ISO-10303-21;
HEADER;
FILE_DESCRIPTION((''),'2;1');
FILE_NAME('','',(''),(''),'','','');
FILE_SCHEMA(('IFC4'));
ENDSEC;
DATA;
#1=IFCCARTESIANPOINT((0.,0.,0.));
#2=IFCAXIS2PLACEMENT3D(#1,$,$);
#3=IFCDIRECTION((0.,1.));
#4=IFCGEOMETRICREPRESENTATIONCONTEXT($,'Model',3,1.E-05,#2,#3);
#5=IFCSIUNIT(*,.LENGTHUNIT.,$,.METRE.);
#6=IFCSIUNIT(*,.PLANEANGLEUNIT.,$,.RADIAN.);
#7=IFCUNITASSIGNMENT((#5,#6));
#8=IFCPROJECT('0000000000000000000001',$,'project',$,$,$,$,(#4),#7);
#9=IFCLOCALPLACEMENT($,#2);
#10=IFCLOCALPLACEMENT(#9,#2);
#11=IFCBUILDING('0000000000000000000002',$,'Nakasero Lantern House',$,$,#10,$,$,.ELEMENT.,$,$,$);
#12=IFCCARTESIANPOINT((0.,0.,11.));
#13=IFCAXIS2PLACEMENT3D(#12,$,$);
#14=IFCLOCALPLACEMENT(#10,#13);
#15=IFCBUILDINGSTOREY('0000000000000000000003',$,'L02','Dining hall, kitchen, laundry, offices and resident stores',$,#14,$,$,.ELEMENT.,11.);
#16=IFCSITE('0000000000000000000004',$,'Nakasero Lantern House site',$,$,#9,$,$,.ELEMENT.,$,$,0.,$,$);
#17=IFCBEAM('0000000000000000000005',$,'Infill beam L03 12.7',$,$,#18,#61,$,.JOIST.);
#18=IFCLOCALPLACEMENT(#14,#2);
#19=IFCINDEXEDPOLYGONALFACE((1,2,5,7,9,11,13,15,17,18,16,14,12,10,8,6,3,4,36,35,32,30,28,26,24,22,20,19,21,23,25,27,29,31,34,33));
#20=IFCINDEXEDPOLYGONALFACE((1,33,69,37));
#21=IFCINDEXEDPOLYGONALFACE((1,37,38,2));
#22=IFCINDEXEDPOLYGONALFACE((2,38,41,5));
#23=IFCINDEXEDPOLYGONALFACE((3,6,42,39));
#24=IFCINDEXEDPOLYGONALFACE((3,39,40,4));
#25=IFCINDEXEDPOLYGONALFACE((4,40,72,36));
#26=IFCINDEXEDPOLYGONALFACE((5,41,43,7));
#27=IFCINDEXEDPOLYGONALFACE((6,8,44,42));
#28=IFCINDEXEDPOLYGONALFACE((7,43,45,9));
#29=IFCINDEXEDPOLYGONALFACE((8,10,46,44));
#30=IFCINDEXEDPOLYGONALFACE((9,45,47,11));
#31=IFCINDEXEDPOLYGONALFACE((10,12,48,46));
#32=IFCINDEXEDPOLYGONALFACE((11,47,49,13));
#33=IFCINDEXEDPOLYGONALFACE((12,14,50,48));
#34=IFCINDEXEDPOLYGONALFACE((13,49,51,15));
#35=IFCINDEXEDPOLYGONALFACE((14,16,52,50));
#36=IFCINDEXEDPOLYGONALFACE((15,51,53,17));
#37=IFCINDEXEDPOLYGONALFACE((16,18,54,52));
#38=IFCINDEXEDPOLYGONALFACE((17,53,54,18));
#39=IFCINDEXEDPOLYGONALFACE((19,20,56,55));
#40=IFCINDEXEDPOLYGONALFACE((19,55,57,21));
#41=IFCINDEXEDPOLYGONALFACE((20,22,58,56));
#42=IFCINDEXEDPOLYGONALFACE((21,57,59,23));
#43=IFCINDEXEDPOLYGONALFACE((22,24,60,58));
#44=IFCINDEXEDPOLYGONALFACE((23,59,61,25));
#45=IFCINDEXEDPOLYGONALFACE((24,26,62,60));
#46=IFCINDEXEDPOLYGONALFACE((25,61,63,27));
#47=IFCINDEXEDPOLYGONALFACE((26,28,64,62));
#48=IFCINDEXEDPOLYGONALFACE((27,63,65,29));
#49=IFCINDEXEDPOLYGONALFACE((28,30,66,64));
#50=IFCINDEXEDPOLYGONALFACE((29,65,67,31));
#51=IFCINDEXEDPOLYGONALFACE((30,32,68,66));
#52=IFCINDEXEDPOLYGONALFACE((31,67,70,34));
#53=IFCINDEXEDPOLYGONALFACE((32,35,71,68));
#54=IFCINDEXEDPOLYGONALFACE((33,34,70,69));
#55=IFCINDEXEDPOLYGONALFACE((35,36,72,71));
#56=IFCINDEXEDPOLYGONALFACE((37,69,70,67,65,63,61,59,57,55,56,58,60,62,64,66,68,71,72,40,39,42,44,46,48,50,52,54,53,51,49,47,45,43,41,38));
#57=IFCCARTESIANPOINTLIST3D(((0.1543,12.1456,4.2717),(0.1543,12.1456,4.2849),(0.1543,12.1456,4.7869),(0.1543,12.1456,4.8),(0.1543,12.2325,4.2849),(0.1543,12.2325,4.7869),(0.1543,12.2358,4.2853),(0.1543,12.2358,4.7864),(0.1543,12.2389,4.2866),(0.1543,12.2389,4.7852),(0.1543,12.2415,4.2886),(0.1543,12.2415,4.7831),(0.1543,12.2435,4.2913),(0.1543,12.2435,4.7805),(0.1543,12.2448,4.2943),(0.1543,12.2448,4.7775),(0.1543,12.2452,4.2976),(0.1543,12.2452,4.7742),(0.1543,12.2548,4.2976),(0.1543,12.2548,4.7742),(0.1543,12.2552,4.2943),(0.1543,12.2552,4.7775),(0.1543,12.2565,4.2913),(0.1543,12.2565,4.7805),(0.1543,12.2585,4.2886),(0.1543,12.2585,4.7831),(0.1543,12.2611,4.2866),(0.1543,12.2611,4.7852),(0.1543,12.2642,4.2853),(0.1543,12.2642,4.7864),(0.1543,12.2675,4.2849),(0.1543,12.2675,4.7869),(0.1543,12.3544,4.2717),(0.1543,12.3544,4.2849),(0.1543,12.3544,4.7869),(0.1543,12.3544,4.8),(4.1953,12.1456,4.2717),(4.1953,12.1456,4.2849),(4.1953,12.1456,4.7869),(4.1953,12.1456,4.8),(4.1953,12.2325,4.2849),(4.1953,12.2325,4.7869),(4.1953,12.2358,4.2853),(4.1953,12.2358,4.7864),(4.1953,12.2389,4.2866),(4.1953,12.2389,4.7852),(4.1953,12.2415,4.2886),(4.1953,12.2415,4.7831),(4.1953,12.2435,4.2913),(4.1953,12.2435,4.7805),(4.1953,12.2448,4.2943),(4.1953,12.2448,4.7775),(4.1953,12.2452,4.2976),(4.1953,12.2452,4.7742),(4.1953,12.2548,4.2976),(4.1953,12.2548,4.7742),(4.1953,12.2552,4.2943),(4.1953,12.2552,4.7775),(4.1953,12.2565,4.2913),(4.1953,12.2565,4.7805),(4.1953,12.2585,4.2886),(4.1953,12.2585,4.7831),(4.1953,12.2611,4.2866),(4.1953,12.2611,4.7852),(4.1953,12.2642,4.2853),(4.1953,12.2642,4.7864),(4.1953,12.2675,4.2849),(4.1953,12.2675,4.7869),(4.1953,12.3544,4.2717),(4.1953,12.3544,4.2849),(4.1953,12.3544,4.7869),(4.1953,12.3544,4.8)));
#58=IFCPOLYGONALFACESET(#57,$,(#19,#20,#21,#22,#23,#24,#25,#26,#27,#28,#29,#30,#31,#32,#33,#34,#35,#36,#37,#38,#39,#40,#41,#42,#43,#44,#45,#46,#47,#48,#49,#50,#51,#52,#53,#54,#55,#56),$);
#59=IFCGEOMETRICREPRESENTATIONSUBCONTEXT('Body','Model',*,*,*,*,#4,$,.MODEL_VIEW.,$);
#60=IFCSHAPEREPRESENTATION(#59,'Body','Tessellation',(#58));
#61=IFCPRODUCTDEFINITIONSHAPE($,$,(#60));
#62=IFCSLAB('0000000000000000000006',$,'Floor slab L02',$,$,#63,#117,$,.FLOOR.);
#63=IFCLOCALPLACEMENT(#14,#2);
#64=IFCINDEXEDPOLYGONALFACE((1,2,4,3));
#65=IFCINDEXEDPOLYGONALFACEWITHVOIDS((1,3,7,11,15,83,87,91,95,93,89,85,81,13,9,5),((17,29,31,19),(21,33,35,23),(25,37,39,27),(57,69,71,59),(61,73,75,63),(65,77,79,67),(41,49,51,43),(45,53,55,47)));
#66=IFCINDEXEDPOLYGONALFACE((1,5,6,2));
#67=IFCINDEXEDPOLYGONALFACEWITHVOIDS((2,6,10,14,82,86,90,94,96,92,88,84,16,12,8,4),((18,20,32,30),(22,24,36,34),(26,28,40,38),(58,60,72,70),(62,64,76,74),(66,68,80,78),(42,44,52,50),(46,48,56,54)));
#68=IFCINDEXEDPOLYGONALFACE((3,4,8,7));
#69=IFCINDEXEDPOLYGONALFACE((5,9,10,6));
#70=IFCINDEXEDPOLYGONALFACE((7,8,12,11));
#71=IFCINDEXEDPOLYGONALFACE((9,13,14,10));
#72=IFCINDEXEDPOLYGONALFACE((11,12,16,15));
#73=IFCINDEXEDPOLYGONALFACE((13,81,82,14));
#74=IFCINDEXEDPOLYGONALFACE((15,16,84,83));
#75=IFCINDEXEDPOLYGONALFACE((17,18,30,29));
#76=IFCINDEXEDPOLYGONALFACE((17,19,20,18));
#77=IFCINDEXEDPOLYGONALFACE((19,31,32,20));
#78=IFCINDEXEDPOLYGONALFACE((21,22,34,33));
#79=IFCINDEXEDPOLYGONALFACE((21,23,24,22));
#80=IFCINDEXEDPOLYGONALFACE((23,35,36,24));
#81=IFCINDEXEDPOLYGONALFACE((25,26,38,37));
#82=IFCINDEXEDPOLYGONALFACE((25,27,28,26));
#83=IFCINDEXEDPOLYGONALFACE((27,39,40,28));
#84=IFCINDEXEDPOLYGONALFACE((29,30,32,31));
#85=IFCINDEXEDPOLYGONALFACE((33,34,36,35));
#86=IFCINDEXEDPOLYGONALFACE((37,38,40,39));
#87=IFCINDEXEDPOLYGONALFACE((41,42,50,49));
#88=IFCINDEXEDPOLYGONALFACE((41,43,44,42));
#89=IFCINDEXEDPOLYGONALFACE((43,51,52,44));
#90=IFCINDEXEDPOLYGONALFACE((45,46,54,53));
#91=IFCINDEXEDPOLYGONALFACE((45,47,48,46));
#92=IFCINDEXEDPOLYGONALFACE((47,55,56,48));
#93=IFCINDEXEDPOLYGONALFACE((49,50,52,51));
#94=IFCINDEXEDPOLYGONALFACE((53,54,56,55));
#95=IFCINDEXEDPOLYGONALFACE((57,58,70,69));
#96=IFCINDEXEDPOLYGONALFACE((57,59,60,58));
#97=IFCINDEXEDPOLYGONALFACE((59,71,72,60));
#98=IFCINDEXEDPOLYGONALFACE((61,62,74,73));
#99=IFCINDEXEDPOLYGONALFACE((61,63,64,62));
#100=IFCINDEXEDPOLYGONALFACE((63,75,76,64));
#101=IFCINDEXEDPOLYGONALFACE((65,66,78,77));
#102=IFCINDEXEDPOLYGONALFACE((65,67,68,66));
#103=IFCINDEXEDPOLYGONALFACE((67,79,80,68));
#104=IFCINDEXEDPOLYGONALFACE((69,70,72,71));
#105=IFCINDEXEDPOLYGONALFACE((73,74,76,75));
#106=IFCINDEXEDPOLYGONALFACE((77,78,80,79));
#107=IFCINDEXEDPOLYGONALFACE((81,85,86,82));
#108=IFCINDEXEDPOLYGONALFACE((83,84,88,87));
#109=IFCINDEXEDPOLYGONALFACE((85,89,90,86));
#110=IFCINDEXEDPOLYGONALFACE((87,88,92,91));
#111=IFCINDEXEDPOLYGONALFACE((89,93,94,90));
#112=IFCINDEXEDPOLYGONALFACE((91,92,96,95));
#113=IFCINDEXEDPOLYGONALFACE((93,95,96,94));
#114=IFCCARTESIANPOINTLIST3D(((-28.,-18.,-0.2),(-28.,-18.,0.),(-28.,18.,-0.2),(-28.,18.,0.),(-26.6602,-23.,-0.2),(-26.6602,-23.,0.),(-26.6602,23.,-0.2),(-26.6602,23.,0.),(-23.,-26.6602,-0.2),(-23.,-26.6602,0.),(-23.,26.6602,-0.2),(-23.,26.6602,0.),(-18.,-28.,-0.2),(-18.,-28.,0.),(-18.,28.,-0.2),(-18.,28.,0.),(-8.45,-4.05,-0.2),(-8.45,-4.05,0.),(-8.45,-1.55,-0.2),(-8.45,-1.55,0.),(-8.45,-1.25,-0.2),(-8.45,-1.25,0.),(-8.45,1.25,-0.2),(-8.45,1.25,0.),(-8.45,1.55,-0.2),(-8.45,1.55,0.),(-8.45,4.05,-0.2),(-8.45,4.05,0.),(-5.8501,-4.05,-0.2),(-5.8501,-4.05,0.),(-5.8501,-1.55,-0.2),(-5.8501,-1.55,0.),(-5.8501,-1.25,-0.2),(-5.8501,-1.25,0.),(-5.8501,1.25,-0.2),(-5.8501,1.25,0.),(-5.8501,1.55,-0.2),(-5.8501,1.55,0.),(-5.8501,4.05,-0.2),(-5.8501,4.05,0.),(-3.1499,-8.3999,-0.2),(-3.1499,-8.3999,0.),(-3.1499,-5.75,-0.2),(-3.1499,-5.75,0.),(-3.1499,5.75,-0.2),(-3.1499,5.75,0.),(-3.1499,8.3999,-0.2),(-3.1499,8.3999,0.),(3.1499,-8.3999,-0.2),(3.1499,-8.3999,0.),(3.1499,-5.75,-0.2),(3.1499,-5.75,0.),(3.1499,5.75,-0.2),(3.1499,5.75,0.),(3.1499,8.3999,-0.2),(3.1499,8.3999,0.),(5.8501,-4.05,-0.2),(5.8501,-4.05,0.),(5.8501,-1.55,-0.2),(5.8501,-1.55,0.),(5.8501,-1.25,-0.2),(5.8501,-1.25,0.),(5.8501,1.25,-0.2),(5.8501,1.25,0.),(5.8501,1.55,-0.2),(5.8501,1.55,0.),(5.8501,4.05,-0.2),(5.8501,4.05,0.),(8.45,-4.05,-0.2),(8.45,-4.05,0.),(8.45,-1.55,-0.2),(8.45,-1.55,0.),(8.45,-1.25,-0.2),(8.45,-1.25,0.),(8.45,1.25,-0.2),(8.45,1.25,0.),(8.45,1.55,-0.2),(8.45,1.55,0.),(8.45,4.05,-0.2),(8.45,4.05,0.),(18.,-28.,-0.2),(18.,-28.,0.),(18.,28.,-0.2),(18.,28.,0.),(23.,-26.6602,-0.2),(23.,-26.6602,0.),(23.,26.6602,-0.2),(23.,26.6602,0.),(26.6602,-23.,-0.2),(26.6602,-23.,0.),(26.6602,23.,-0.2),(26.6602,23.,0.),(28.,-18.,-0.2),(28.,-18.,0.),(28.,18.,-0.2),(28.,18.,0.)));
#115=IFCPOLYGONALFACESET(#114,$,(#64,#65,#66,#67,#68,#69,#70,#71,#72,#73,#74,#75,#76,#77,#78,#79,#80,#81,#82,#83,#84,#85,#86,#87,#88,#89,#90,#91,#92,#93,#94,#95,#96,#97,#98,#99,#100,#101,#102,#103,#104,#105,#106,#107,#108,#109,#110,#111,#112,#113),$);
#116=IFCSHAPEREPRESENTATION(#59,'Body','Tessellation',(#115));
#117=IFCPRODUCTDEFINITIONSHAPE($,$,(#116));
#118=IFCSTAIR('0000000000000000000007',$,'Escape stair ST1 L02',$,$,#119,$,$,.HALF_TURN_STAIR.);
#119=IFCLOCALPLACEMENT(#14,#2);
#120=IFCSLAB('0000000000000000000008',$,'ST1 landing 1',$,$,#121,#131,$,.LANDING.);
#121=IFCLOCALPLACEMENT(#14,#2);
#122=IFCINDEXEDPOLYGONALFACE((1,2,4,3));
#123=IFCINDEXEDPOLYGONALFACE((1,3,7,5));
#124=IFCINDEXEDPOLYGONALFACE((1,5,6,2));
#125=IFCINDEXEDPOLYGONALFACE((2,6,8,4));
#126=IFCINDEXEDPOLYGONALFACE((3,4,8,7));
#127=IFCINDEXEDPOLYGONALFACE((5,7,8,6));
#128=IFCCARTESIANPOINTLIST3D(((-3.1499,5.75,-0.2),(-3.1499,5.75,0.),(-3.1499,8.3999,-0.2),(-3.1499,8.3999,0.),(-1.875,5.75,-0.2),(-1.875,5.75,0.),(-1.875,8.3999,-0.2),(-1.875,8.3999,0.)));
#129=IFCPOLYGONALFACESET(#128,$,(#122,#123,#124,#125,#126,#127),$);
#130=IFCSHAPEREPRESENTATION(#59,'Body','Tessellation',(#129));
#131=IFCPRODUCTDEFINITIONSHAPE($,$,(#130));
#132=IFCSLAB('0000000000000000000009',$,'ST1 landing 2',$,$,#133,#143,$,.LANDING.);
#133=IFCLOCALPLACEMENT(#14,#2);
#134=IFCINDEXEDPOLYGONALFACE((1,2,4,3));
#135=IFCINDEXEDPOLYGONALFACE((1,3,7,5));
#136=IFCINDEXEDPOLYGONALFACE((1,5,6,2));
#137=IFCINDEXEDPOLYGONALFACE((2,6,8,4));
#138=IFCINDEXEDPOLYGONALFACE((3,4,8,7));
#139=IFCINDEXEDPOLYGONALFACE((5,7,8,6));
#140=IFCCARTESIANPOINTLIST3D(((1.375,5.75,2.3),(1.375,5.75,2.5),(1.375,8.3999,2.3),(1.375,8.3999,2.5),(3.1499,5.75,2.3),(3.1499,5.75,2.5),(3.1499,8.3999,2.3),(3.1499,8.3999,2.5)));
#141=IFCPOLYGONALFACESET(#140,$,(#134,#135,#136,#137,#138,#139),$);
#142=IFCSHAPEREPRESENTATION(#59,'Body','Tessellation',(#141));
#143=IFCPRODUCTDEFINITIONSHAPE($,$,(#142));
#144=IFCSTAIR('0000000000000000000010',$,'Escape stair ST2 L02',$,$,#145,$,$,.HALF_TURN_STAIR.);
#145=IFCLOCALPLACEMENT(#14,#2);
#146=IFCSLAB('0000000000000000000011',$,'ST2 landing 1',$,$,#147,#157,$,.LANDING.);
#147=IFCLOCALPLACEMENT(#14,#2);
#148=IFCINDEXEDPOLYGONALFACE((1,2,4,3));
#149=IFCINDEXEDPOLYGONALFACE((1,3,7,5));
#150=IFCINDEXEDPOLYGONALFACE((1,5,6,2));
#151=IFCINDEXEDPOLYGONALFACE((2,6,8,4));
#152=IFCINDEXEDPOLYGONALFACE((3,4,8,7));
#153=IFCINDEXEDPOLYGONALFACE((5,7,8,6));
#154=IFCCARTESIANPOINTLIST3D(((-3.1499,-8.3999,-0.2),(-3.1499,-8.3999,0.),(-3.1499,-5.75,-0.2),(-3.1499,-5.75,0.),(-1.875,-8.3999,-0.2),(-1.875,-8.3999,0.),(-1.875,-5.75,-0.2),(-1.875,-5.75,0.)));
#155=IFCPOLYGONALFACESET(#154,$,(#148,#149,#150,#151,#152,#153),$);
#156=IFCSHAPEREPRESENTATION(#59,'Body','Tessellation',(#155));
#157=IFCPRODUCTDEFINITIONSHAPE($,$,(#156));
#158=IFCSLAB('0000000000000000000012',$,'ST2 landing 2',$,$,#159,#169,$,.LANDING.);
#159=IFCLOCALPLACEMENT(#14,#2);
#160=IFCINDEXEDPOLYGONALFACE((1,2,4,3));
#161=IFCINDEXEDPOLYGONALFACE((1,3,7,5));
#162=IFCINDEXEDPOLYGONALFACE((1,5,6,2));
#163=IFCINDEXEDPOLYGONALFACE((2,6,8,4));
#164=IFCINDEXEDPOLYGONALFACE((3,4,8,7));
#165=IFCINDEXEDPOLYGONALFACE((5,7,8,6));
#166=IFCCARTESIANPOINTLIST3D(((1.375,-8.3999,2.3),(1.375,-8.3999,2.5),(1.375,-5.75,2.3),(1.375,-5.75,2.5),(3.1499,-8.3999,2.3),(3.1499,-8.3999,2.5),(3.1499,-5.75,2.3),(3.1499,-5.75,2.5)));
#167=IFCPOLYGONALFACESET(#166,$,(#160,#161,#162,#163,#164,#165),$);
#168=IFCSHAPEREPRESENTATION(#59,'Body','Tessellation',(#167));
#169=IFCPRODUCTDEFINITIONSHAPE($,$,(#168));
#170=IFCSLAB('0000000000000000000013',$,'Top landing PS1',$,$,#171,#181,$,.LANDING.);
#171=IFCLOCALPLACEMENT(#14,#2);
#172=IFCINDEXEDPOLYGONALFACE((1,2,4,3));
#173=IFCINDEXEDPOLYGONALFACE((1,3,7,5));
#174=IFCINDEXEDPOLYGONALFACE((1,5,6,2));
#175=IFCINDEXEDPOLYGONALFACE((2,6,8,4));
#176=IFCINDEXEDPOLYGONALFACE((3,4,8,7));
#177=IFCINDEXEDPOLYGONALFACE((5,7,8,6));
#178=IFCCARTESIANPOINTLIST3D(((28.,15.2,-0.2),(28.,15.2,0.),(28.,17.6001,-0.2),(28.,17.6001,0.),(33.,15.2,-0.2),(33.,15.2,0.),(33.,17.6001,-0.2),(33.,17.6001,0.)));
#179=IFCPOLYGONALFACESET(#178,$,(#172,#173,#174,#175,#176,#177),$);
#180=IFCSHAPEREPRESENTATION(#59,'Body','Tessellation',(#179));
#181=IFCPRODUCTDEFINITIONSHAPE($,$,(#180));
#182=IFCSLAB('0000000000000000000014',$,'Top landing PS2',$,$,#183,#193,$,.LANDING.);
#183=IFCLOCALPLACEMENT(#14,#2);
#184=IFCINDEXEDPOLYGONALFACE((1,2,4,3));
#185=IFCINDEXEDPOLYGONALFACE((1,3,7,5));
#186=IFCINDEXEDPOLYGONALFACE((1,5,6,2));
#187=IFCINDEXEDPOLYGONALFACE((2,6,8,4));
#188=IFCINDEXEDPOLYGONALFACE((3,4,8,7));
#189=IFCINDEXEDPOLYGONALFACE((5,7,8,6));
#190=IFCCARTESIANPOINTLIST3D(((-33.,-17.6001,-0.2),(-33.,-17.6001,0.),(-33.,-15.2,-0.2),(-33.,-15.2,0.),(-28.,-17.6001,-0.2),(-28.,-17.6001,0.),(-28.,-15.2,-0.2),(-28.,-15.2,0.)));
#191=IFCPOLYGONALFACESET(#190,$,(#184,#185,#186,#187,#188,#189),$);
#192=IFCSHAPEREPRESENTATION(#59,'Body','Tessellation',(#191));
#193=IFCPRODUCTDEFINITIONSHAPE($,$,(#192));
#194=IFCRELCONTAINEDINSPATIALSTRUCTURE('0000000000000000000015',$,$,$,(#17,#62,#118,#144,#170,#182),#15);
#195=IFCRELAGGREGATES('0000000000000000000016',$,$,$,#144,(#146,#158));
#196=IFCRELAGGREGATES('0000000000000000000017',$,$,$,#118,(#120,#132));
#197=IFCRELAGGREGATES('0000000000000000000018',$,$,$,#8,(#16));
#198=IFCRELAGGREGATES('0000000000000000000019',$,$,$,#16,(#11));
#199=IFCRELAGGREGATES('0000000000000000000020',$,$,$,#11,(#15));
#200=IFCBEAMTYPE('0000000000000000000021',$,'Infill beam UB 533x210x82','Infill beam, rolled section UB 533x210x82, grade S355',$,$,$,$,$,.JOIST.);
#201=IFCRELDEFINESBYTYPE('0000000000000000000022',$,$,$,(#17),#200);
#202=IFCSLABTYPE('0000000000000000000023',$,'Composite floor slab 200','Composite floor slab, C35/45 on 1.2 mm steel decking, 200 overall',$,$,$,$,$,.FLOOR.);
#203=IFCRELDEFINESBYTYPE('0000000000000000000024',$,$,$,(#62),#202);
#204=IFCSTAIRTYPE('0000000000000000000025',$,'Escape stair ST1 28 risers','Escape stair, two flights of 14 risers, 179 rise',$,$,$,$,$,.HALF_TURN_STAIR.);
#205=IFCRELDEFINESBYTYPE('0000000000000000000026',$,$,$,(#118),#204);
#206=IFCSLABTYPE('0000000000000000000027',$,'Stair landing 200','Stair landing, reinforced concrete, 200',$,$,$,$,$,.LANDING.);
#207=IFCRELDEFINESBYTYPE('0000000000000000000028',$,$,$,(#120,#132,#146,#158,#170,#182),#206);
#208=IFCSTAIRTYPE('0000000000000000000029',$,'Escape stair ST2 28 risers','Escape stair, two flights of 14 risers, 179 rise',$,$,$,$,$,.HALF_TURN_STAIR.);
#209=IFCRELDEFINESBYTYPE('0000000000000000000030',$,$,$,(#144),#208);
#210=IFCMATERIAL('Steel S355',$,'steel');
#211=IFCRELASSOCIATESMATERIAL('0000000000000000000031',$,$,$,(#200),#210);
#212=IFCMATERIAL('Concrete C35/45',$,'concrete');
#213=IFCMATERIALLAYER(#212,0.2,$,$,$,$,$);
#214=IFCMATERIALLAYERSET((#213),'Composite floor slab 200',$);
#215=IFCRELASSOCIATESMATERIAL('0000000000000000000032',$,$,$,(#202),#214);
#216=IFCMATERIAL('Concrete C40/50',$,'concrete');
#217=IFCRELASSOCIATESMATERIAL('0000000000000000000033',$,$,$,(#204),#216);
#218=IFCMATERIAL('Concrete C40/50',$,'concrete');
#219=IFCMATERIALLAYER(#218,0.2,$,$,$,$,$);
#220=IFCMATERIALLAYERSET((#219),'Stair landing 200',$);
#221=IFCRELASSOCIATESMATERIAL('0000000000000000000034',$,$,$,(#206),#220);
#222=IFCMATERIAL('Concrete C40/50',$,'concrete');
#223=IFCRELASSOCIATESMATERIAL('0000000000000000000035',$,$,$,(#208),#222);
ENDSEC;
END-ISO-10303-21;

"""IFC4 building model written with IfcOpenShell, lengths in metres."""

from ifc_helpers import new_model, si_unit, direction, frame, origin, origin_2d, place, context, subcontext, project, spatial, polyline, i_section, outline, extrude, material, layer, layer_set, material_profile, profile_set, type_object, element, aggregate, save


model = new_model("IFC4")

# Units and contexts
model_context = context("Model", 3, precision=1e-05, world=origin(), true_north=direction((0.0, 1.0)))
body_context = subcontext(model_context, "Body", "Model", "MODEL_VIEW")
ifc_project = project(units=[si_unit("LENGTHUNIT", "METRE"), si_unit("PLANEANGLEUNIT", "RADIAN")], contexts=[model_context])

# Site, building, storey
site_placement = place(None, origin())
site = spatial("IfcSite", under=ifc_project, at=site_placement, Name="Nakasero Lantern House site", CompositionType="ELEMENT", RefElevation=0.0)
building_placement = place(site_placement, origin())
building = spatial("IfcBuilding", under=site, at=building_placement, Name="Nakasero Lantern House", CompositionType="ELEMENT")
storey_placement = place(building_placement, frame((0.0, 0.0, 11.0)))
storey = spatial("IfcBuildingStorey", under=building, at=storey_placement, Name="L02", Description="Dining hall, kitchen, laundry, offices and resident stores", CompositionType="ELEMENT", Elevation=11.0)

# Beam
ifc_material_1 = material(Name="Steel S355", Category="steel")
ifc_material_profile = material_profile(ifc_material_1, i_section(OverallWidth=0.2087, OverallDepth=0.5283, WebThickness=0.0095, FlangeThickness=0.0132, FilletRadius=0.0127, at=origin_2d()), Name="UB 533x210x82")
ifc_profile_set = profile_set([ifc_material_profile], Name="Steel S355")
beam_type = type_object("IfcBeamType", Name="Infill beam UB 533x210x82", Description="Infill beam, rolled section UB 533x210x82, grade S355", PredefinedType="JOIST", material=ifc_profile_set)
beam_placement = place(storey_placement, frame((0.1543, 12.25, 4.5359), z_axis=(1.0, 0.0, 0.0), x_axis=(0.0, 1.0, 0.0)))
element("IfcBeam", 1, at=beam_placement, inside=storey, type_object=beam_type, Name="Infill beam L03 12.7", PredefinedType="JOIST", context=body_context, shape_type="SweptSolid", body=[
    extrude(i_section(OverallWidth=0.2087, OverallDepth=0.5283, WebThickness=0.0095, FlangeThickness=0.0132, FilletRadius=0.0127, at=origin_2d()), origin(), (0.0, 0.0, 1.0), 4.041),
])

# Slab
ifc_material_2 = material(Name="Concrete C35/45", Category="concrete")
ifc_layer_1 = layer(ifc_material_2, 0.2)
ifc_layer_set_1 = layer_set([ifc_layer_1], Name="Composite floor slab 200")
slab_type_1 = type_object("IfcSlabType", Name="Composite floor slab 200", Description="Composite floor slab, C35/45 on 1.2 mm steel decking, 200 overall", PredefinedType="FLOOR", material=ifc_layer_set_1)
slab_1_placement = place(storey_placement, frame((0.0, 0.0, -0.2)))
element("IfcSlab", 2, at=slab_1_placement, inside=storey, type_object=slab_type_1, Name="Floor slab L02", PredefinedType="FLOOR", context=body_context, shape_type="SweptSolid", body=[
    extrude(outline(polyline([(28.0, 18.0), (26.6602, 23.0), (23.0, 26.6602), (18.0, 28.0), (-18.0, 28.0), (-23.0, 26.6602), (-26.6602, 23.0), (-28.0, 18.0), (-28.0, -18.0), (-26.6602, -23.0), (-23.0, -26.6602), (-18.0, -28.0), (18.0, -28.0), (23.0, -26.6602), (26.6602, -23.0), (28.0, -18.0), (28.0, 18.0)]), holes=[polyline([(-8.45, -4.05), (-5.8501, -4.05), (-5.8501, -1.55), (-8.45, -1.55), (-8.45, -4.05)]), polyline([(-8.45, -1.25), (-5.8501, -1.25), (-5.8501, 1.25), (-8.45, 1.25), (-8.45, -1.25)]), polyline([(-8.45, 1.55), (-5.8501, 1.55), (-5.8501, 4.05), (-8.45, 4.05), (-8.45, 1.55)]), polyline([(5.8501, -4.05), (8.45, -4.05), (8.45, -1.55), (5.8501, -1.55), (5.8501, -4.05)]), polyline([(5.8501, -1.25), (8.45, -1.25), (8.45, 1.25), (5.8501, 1.25), (5.8501, -1.25)]), polyline([(5.8501, 1.55), (8.45, 1.55), (8.45, 4.05), (5.8501, 4.05), (5.8501, 1.55)]), polyline([(-3.1499, 5.75), (3.1499, 5.75), (3.1499, 8.3999), (-3.1499, 8.3999), (-3.1499, 5.75)]), polyline([(-3.1499, -8.3999), (3.1499, -8.3999), (3.1499, -5.75), (-3.1499, -5.75), (-3.1499, -8.3999)])]), origin(), (0.0, 0.0, 1.0), 0.2),
])

# Stairs, slabs
ifc_material_3 = material(Name="Concrete C40/50", Category="concrete")
stair_type_1 = type_object("IfcStairType", Name="Escape stair ST1 28 risers", Description="Escape stair, two flights of 14 risers, 179 rise", PredefinedType="HALF_TURN_STAIR", material=ifc_material_3)
stair_1_placement = place(storey_placement, origin())
stair_1 = element("IfcStair", 3, at=stair_1_placement, inside=storey, type_object=stair_type_1, Name="Escape stair ST1 L02", PredefinedType="HALF_TURN_STAIR")
ifc_material_4 = material(Name="Concrete C40/50", Category="concrete")
ifc_layer_2 = layer(ifc_material_4, 0.2)
ifc_layer_set_2 = layer_set([ifc_layer_2], Name="Stair landing 200")
slab_type_2 = type_object("IfcSlabType", Name="Stair landing 200", Description="Stair landing, reinforced concrete, 200", PredefinedType="LANDING", material=ifc_layer_set_2)
slab_2_placement = place(storey_placement, frame((0.0, 0.0, -0.2)))
slab_2 = element("IfcSlab", 4, at=slab_2_placement, type_object=slab_type_2, Name="ST1 landing 1", PredefinedType="LANDING", context=body_context, shape_type="SweptSolid", body=[
    extrude(outline(polyline([(-3.1499, 5.75), (-1.875, 5.75), (-1.875, 8.3999), (-3.1499, 8.3999), (-3.1499, 5.75)])), origin(), (0.0, 0.0, 1.0), 0.2),
])
slab_3_placement = place(storey_placement, frame((0.0, 0.0, 2.3)))
slab_3 = element("IfcSlab", 5, at=slab_3_placement, type_object=slab_type_2, Name="ST1 landing 2", PredefinedType="LANDING", context=body_context, shape_type="SweptSolid", body=[
    extrude(outline(polyline([(1.375, 5.75), (3.1499, 5.75), (3.1499, 8.3999), (1.375, 8.3999), (1.375, 5.75)])), origin(), (0.0, 0.0, 1.0), 0.2),
])
ifc_material_5 = material(Name="Concrete C40/50", Category="concrete")
stair_type_2 = type_object("IfcStairType", Name="Escape stair ST2 28 risers", Description="Escape stair, two flights of 14 risers, 179 rise", PredefinedType="HALF_TURN_STAIR", material=ifc_material_5)
stair_2_placement = place(storey_placement, origin())
stair_2 = element("IfcStair", 6, at=stair_2_placement, inside=storey, type_object=stair_type_2, Name="Escape stair ST2 L02", PredefinedType="HALF_TURN_STAIR")
slab_4_placement = place(storey_placement, frame((0.0, 0.0, -0.2)))
slab_4 = element("IfcSlab", 7, at=slab_4_placement, type_object=slab_type_2, Name="ST2 landing 1", PredefinedType="LANDING", context=body_context, shape_type="SweptSolid", body=[
    extrude(outline(polyline([(-3.1499, -8.3999), (-1.875, -8.3999), (-1.875, -5.75), (-3.1499, -5.75), (-3.1499, -8.3999)])), origin(), (0.0, 0.0, 1.0), 0.2),
])
slab_5_placement = place(storey_placement, frame((0.0, 0.0, 2.3)))
slab_5 = element("IfcSlab", 8, at=slab_5_placement, type_object=slab_type_2, Name="ST2 landing 2", PredefinedType="LANDING", context=body_context, shape_type="SweptSolid", body=[
    extrude(outline(polyline([(1.375, -8.3999), (3.1499, -8.3999), (3.1499, -5.75), (1.375, -5.75), (1.375, -8.3999)])), origin(), (0.0, 0.0, 1.0), 0.2),
])
aggregate(stair_2, [slab_4, slab_5])

# Slabs
slab_6_placement = place(storey_placement, frame((0.0, 0.0, -0.2)))
element("IfcSlab", 9, at=slab_6_placement, inside=storey, type_object=slab_type_2, Name="Top landing PS1", PredefinedType="LANDING", context=body_context, shape_type="SweptSolid", body=[
    extrude(outline(polyline([(28.0, 15.2), (33.0, 15.2), (33.0, 17.6001), (28.0, 17.6001), (28.0, 15.2)])), origin(), (0.0, 0.0, 1.0), 0.2),
])
slab_7_placement = place(storey_placement, frame((0.0, 0.0, -0.2)))
element("IfcSlab", 10, at=slab_7_placement, inside=storey, type_object=slab_type_2, Name="Top landing PS2", PredefinedType="LANDING", context=body_context, shape_type="SweptSolid", body=[
    extrude(outline(polyline([(-28.0, -15.2), (-33.0, -15.2), (-33.0, -17.6001), (-28.0, -17.6001), (-28.0, -15.2)])), origin(), (0.0, 0.0, 1.0), 0.2),
])

aggregate(stair_1, [slab_2, slab_3])

save(model, "model.ifc")
